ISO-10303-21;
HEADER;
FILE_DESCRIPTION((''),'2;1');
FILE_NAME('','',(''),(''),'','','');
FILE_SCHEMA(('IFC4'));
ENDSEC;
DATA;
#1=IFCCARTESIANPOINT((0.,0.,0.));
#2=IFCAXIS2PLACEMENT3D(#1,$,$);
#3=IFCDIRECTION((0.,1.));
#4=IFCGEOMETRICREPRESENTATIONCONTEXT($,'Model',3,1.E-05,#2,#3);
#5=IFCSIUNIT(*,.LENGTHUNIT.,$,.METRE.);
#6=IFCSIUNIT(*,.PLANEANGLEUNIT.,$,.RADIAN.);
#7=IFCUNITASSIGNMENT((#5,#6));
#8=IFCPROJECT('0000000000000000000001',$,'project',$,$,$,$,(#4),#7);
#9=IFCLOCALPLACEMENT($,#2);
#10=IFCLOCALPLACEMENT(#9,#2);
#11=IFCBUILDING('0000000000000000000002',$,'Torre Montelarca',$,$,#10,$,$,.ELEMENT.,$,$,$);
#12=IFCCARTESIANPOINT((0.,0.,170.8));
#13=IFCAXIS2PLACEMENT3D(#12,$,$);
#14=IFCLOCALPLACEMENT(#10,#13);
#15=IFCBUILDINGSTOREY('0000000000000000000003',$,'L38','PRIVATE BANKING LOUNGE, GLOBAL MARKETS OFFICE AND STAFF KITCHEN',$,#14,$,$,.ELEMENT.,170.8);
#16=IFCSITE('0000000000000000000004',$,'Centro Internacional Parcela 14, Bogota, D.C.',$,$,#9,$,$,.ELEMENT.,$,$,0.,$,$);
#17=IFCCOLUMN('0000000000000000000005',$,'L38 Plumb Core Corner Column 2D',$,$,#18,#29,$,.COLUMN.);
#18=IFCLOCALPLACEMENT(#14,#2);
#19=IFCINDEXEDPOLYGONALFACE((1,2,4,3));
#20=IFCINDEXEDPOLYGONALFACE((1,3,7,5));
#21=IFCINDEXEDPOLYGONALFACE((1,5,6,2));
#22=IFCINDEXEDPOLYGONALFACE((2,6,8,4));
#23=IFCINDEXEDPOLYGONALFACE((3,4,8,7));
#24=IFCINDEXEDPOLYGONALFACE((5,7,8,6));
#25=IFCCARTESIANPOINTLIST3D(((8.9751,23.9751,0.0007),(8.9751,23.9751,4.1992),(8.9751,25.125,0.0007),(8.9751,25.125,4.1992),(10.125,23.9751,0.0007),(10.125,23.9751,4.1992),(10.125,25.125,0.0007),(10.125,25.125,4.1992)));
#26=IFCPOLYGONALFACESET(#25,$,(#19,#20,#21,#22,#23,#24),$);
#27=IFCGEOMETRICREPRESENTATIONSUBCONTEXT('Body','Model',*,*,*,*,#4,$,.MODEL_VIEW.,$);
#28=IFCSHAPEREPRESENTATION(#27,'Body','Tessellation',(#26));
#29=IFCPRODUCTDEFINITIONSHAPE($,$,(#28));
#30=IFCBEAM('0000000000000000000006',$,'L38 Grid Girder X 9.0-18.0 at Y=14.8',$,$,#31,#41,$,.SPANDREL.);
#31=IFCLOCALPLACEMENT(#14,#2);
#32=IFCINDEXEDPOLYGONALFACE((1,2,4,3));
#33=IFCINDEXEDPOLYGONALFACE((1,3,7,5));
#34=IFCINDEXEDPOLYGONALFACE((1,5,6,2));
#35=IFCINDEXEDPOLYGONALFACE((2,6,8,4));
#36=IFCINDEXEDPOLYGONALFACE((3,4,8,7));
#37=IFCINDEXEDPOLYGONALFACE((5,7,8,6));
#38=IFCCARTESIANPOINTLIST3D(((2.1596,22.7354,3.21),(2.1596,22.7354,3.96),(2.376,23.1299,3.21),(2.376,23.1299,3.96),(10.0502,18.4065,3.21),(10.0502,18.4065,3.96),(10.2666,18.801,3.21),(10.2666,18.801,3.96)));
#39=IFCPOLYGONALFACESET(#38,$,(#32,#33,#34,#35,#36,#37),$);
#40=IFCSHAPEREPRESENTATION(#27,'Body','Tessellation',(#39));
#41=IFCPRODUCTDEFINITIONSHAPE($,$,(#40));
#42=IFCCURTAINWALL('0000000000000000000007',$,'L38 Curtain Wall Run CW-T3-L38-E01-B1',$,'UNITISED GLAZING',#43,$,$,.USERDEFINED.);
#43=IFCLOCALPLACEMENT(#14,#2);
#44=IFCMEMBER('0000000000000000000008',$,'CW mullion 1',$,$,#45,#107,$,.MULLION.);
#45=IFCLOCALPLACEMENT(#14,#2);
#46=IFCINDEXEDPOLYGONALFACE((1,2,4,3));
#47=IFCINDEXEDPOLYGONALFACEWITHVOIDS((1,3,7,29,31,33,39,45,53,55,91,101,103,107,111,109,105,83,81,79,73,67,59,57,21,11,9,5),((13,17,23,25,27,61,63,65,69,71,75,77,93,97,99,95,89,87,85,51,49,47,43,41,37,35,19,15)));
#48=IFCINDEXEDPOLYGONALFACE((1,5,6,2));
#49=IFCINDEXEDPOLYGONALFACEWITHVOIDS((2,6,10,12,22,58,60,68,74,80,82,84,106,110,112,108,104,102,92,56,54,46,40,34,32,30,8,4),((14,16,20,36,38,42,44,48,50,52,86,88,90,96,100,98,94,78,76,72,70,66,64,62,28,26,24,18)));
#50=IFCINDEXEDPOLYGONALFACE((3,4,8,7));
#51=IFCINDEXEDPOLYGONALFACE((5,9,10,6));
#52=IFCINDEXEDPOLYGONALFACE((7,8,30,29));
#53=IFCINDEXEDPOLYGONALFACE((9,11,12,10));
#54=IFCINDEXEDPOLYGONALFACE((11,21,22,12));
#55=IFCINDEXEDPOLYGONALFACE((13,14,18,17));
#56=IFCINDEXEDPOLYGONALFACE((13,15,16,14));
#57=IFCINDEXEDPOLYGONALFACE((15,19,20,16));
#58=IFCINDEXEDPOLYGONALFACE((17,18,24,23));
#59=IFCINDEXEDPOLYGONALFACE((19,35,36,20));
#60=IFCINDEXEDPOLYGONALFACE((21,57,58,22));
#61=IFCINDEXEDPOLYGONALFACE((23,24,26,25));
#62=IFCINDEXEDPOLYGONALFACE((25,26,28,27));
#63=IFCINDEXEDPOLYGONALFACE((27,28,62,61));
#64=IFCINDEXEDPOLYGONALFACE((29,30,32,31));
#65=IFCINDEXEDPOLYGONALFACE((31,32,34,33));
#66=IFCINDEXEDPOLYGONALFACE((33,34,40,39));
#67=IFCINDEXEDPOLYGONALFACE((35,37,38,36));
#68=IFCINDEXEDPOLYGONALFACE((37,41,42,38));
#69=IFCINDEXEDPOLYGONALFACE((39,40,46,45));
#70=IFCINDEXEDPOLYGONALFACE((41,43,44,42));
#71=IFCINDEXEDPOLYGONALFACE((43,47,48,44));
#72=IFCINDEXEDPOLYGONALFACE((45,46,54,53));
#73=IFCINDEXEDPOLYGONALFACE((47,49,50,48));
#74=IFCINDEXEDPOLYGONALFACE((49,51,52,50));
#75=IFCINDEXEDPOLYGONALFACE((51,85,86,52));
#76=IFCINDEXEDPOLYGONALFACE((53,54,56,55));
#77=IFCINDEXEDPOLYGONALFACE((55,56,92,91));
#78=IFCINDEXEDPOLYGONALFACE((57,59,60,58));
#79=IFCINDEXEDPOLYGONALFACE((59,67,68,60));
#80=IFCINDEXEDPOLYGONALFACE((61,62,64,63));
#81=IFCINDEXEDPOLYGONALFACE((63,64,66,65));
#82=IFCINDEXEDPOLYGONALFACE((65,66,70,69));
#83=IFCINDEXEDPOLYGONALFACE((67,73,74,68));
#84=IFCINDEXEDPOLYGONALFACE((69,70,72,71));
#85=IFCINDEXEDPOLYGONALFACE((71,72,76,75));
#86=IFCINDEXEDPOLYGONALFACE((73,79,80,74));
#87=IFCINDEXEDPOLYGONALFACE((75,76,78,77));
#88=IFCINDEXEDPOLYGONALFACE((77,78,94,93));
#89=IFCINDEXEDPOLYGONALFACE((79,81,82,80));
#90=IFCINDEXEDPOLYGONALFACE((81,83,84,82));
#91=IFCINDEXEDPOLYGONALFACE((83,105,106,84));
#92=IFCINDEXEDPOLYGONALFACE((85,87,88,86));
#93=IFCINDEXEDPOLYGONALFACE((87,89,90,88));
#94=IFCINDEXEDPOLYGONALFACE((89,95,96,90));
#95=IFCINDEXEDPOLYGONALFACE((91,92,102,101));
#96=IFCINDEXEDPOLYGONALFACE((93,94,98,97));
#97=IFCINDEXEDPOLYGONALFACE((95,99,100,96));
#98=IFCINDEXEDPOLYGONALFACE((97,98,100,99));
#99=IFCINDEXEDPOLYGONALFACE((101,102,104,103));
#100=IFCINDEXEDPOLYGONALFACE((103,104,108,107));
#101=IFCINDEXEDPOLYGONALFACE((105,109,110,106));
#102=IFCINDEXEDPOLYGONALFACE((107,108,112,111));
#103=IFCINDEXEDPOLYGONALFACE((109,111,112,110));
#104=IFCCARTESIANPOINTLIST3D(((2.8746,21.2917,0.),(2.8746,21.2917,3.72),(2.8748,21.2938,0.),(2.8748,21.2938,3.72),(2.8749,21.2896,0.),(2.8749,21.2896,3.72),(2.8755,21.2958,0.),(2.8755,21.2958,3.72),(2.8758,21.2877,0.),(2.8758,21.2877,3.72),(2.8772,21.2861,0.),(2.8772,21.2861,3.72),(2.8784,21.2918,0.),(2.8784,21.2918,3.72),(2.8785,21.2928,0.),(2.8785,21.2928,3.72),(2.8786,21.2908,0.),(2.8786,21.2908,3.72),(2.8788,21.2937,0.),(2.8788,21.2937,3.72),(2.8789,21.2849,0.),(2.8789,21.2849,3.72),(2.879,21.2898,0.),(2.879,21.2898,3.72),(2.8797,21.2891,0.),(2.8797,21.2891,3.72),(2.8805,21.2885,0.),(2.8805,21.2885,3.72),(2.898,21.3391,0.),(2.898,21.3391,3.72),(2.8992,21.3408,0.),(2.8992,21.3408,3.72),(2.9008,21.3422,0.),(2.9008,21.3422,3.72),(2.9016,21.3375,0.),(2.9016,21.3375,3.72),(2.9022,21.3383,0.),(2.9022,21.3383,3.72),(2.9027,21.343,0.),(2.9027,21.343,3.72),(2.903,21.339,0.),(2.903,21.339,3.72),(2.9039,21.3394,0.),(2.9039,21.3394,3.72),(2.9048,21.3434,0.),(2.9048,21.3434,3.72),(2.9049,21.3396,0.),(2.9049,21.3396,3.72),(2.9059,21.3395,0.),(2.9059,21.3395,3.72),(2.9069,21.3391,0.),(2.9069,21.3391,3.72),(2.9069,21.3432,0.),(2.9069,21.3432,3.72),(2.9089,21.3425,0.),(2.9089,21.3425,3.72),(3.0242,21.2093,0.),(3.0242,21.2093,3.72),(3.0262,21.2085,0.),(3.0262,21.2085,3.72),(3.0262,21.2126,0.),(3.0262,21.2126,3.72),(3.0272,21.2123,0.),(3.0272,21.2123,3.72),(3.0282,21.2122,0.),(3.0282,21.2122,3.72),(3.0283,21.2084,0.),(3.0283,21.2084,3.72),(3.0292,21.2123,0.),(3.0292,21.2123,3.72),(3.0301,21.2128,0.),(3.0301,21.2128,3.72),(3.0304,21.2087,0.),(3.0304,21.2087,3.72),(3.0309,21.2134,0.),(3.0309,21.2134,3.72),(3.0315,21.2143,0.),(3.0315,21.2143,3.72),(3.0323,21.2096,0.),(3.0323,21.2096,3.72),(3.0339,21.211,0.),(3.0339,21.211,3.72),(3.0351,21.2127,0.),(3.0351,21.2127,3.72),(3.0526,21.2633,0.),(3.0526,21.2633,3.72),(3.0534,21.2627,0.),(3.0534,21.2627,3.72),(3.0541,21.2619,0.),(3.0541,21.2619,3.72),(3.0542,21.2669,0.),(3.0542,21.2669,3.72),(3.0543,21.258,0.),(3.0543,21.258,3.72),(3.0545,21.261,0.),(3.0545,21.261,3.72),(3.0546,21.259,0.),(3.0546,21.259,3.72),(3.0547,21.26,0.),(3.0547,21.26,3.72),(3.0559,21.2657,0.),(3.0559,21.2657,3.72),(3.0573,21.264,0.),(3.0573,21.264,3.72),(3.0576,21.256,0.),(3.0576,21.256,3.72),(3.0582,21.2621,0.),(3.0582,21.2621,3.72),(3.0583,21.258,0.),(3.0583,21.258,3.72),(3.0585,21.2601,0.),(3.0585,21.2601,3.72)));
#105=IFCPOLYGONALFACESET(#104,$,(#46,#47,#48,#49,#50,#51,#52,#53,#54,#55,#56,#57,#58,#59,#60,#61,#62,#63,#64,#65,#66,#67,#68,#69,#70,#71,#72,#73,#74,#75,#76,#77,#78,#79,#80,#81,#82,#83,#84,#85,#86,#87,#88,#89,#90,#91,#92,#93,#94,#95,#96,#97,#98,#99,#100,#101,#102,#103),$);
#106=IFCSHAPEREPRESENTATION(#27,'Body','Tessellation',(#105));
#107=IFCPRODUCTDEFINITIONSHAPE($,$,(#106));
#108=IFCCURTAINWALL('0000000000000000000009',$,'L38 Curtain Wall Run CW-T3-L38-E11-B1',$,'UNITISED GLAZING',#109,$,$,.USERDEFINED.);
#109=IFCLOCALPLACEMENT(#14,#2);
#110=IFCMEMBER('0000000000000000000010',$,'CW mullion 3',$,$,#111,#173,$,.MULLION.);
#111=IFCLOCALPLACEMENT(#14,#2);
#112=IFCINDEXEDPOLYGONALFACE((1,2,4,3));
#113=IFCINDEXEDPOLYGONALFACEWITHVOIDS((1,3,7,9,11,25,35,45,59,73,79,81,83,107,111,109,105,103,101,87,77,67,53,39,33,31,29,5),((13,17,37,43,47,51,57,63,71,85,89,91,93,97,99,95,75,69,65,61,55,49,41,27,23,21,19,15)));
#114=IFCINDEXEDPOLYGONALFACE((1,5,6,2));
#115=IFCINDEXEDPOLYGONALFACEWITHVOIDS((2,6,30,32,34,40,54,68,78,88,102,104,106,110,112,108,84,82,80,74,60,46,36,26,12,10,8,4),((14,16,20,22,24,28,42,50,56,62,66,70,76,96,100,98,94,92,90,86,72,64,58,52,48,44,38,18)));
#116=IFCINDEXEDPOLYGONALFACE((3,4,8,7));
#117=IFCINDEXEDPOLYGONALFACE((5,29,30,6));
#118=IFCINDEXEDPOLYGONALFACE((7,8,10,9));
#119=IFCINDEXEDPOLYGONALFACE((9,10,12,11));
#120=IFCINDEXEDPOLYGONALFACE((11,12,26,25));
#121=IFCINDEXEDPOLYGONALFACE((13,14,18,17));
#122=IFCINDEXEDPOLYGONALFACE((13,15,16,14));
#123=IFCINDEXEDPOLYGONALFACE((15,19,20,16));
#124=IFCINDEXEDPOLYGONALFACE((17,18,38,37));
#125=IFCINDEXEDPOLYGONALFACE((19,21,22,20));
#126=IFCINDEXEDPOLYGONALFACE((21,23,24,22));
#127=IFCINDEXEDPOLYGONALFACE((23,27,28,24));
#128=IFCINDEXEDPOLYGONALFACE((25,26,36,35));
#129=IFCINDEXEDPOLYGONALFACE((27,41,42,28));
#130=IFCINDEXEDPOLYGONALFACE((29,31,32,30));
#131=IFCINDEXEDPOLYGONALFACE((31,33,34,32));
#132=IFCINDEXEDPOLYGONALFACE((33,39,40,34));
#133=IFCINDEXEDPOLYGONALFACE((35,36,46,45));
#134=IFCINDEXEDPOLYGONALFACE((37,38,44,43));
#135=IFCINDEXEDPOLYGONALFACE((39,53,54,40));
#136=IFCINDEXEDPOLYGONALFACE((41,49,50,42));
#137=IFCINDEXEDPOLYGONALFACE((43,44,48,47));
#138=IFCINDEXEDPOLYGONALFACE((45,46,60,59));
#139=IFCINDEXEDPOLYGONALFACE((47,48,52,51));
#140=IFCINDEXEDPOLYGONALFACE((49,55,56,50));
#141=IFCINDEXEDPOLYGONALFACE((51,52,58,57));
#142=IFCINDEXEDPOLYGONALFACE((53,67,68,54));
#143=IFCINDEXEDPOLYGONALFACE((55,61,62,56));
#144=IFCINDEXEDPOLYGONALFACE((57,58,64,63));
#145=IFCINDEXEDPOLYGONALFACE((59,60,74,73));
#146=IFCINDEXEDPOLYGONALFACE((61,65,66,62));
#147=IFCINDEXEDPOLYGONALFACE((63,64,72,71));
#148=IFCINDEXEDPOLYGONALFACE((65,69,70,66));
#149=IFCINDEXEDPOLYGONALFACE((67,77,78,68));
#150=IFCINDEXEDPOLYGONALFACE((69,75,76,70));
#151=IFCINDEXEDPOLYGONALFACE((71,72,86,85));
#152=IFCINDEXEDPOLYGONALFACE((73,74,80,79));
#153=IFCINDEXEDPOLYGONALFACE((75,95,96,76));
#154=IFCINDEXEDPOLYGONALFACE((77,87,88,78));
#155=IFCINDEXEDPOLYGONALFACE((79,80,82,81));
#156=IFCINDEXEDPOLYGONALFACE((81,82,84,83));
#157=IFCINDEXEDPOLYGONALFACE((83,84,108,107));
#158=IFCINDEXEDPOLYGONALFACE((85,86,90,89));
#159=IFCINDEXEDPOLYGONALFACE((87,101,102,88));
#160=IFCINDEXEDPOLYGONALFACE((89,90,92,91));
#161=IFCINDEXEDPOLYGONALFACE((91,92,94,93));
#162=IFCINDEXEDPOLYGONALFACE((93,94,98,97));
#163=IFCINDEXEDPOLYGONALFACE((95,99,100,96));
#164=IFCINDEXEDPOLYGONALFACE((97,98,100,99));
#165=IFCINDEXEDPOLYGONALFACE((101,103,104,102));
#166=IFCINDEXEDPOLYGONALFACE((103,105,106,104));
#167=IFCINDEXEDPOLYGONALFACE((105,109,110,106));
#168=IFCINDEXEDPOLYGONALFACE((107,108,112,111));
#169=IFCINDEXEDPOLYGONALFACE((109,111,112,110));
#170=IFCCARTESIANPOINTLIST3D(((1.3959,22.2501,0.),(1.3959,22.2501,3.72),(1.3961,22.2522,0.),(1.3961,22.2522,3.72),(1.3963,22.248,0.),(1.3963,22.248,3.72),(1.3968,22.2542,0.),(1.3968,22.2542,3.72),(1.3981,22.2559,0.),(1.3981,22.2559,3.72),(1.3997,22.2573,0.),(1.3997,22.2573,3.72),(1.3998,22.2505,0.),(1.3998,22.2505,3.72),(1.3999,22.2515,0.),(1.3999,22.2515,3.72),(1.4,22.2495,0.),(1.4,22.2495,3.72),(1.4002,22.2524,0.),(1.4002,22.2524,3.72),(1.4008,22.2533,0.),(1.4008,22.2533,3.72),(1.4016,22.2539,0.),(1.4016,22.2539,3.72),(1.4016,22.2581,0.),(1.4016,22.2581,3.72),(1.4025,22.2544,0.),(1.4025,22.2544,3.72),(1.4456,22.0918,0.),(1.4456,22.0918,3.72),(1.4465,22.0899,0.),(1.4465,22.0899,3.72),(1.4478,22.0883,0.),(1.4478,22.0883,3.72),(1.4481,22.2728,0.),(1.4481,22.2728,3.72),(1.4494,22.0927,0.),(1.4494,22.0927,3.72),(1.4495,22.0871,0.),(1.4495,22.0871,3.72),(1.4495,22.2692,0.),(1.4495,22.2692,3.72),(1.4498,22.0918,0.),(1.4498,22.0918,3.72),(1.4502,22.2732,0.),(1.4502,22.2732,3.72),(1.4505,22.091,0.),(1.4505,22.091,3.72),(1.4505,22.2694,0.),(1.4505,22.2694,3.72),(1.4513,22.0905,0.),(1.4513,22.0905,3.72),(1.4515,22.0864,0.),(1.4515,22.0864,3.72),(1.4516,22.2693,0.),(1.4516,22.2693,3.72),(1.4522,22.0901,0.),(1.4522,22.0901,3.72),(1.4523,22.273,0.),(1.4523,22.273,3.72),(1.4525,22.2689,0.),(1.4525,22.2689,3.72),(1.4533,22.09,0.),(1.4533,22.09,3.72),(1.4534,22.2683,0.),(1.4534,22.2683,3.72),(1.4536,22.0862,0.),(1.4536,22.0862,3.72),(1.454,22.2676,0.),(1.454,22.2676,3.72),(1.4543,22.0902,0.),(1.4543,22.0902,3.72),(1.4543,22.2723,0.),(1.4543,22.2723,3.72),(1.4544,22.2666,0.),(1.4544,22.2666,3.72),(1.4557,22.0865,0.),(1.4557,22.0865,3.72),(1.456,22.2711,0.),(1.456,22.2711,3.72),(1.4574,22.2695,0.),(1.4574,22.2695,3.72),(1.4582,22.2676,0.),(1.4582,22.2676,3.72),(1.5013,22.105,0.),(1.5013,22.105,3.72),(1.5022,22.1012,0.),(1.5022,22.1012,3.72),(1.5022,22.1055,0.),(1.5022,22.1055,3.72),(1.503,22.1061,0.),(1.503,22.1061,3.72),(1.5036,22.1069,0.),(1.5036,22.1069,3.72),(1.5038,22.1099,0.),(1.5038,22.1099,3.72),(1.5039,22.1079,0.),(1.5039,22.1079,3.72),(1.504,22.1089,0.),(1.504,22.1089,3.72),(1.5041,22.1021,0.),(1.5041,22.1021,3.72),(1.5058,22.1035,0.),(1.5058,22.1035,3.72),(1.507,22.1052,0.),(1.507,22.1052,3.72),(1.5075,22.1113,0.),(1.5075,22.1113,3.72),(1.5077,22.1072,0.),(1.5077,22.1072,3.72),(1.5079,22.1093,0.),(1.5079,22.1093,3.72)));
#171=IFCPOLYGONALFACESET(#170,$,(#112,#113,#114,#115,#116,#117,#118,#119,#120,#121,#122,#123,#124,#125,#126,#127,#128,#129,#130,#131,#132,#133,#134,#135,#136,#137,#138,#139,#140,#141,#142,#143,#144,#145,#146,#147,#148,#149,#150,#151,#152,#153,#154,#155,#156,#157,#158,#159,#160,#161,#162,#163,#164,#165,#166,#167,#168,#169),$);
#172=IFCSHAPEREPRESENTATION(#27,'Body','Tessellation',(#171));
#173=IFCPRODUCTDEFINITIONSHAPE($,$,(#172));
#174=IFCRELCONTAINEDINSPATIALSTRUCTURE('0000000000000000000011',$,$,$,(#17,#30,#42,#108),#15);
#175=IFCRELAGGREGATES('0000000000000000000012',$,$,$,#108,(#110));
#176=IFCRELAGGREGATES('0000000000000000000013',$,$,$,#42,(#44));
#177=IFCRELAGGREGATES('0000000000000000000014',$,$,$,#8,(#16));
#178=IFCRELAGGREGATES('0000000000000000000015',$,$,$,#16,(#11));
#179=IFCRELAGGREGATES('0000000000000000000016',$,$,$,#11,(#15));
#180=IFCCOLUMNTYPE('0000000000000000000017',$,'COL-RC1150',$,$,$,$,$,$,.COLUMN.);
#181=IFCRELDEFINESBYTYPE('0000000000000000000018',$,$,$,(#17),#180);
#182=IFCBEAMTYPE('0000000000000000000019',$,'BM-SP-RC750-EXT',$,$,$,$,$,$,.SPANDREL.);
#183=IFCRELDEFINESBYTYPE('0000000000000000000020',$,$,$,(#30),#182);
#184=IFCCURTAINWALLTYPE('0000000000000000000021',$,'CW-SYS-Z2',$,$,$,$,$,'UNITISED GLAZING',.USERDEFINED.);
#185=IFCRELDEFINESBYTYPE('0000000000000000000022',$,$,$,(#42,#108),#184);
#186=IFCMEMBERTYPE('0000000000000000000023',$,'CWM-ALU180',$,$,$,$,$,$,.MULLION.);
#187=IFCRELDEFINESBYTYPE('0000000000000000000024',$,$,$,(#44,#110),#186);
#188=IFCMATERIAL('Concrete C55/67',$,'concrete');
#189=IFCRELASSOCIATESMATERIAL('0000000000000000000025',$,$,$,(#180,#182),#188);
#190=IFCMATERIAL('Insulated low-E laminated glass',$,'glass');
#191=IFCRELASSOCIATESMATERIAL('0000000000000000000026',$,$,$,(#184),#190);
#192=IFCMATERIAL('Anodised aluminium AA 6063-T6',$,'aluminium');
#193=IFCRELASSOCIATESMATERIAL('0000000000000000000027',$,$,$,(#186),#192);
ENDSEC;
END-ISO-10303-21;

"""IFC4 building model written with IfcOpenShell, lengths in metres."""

from ifc_helpers import new_model, si_unit, direction, frame, origin, origin_2d, place, context, subcontext, project, spatial, rectangle, hollow_rectangle, extrude, source, transform, mapped, material, material_profile, profile_set, type_object, element, aggregate, save


model = new_model("IFC4")

# Units and contexts
model_context = context("Model", 3, precision=1e-05, world=origin(), true_north=direction((0.0, 1.0)))
body_context = subcontext(model_context, "Body", "Model", "MODEL_VIEW")
ifc_project = project(units=[si_unit("LENGTHUNIT", "METRE"), si_unit("PLANEANGLEUNIT", "RADIAN")], contexts=[model_context])

# Site, building, storey
site_placement = place(None, origin())
site = spatial("IfcSite", under=ifc_project, at=site_placement, Name="Centro Internacional Parcela 14, Bogota, D.C.", CompositionType="ELEMENT", RefElevation=0.0)
building_placement = place(site_placement, origin())
building = spatial("IfcBuilding", under=site, at=building_placement, Name="Torre Montelarca", CompositionType="ELEMENT")
storey_placement = place(building_placement, frame((0.0, 0.0, 170.8)))
storey = spatial("IfcBuildingStorey", under=building, at=storey_placement, Name="L38", Description="PRIVATE BANKING LOUNGE, GLOBAL MARKETS OFFICE AND STAFF KITCHEN", CompositionType="ELEMENT", Elevation=170.8)

# Column
ifc_material_1 = material(Name="Concrete C55/67", Category="concrete")
ifc_material_profile_1 = material_profile(ifc_material_1, rectangle(XDim=1.1499, YDim=1.1499, at=origin_2d()), Name="RC1150X1150", Category="concrete")
ifc_profile_set_1 = profile_set([ifc_material_profile_1], Name="Concrete C55/67")
column_type_1 = type_object("IfcColumnType", Name="COL-RC1150", PredefinedType="COLUMN", material=ifc_profile_set_1)
shared_shape_1 = source(origin(), body_context, "Body", "SweptSolid", [
    extrude(rectangle(XDim=1.1499, YDim=1.1499, at=origin_2d()), origin(), (0.0, 0.0, 1.0), 4.1985),
])
column_1_placement = place(storey_placement, frame((9.55, 24.55, 0.0007), z_axis=(0.0, 0.0, 1.0), x_axis=(1.0, 0.0, 0.0)))
element("IfcColumn", 1, at=column_1_placement, inside=storey, type_object=column_type_1, Name="L38 Plumb Core Corner Column 2D", PredefinedType="COLUMN", context=body_context, shape_type="MappedRepresentation", body=[
    mapped(shared_shape_1, transform((0.0, 0.0, 0.0), scale=1.0)),
])

# Beam
ifc_material_profile_2 = material_profile(ifc_material_1, rectangle(XDim=0.45, YDim=0.75, at=origin_2d()), Name="RCB450X750", Category="concrete")
ifc_profile_set_2 = profile_set([ifc_material_profile_2], Name="Concrete C55/67")
beam_type = type_object("IfcBeamType", Name="BM-SP-RC750-EXT", PredefinedType="SPANDREL", material=ifc_profile_set_2)
shared_shape_2 = source(origin(), body_context, "Body", "SweptSolid", [
    extrude(rectangle(XDim=0.45, YDim=0.75, at=origin_2d()), origin(), (0.0, 0.0, 1.0), 9.0),
])
beam_placement = place(storey_placement, frame((2.2678, 22.9326, 3.585), z_axis=(0.876731, -0.480981, 0.0), x_axis=(0.480981, 0.876731, 0.0)))
element("IfcBeam", 2, at=beam_placement, inside=storey, type_object=beam_type, Name="L38 Grid Girder X 9.0-18.0 at Y=14.8", PredefinedType="SPANDREL", context=body_context, shape_type="MappedRepresentation", body=[
    mapped(shared_shape_2, transform((0.0, 0.0, 0.0), scale=1.0)),
])

# Curtain walls, members
ifc_material_2 = material(Name="Insulated low-E laminated glass", Category="glass")
curtain_wall_type = type_object("IfcCurtainWallType", Name="CW-SYS-Z2", ElementType="UNITISED GLAZING", PredefinedType="USERDEFINED", material=ifc_material_2)
curtain_wall_1_placement = place(storey_placement, origin())
curtain_wall_1 = element("IfcCurtainWall", 3, at=curtain_wall_1_placement, inside=storey, type_object=curtain_wall_type, Name="L38 Curtain Wall Run CW-T3-L38-E01-B1", ObjectType="UNITISED GLAZING", PredefinedType="USERDEFINED")
ifc_material_3 = material(Name="Anodised aluminium AA 6063-T6", Category="aluminium")
ifc_material_profile_3 = material_profile(ifc_material_3, hollow_rectangle(XDim=0.0649, YDim=0.1799, WallThickness=0.0039, InnerFilletRadius=0.0039, OuterFilletRadius=0.0081, at=origin_2d()), Name="ALU65X180X4", Category="aluminium")
ifc_profile_set_3 = profile_set([ifc_material_profile_3], Name="Anodised aluminium AA 6063-T6")
member_type_1 = type_object("IfcMemberType", Name="CWM-ALU180", PredefinedType="MULLION", material=ifc_profile_set_3)
shared_shape_3 = source(origin(), body_context, "Body", "SweptSolid", [
    extrude(hollow_rectangle(XDim=0.0649, YDim=0.1799, WallThickness=0.0039, InnerFilletRadius=0.0039, OuterFilletRadius=0.0081, at=origin_2d()), origin(), (0.0, 0.0, 1.0), 3.72),
])
member_1_placement = place(storey_placement, frame((2.9666, 21.2759, 0.0), z_axis=(0.0, 0.0, 1.0), x_axis=(0.461741, 0.887015, 0.0)))
member_1 = element("IfcMember", 4, at=member_1_placement, type_object=member_type_1, Name="CW mullion 1", PredefinedType="MULLION", context=body_context, shape_type="MappedRepresentation", body=[
    mapped(shared_shape_3, transform((0.0, 0.0, 0.0), scale=1.0)),
])
curtain_wall_2_placement = place(storey_placement, origin())
curtain_wall_2 = element("IfcCurtainWall", 5, at=curtain_wall_2_placement, inside=storey, type_object=curtain_wall_type, Name="L38 Curtain Wall Run CW-T3-L38-E11-B1", ObjectType="UNITISED GLAZING", PredefinedType="USERDEFINED")
member_2_placement = place(storey_placement, frame((1.4519, 22.1797, 0.0), z_axis=(0.0, 0.0, 1.0), x_axis=(0.953724, 0.300684, 0.0)))
member_2 = element("IfcMember", 6, at=member_2_placement, type_object=member_type_1, Name="CW mullion 3", PredefinedType="MULLION", context=body_context, shape_type="MappedRepresentation", body=[
    mapped(shared_shape_3, transform((0.0, 0.0, 0.0), scale=1.0)),
])
aggregate(curtain_wall_2, [member_2])

aggregate(curtain_wall_1, [member_1])

save(model, "model.ifc")
